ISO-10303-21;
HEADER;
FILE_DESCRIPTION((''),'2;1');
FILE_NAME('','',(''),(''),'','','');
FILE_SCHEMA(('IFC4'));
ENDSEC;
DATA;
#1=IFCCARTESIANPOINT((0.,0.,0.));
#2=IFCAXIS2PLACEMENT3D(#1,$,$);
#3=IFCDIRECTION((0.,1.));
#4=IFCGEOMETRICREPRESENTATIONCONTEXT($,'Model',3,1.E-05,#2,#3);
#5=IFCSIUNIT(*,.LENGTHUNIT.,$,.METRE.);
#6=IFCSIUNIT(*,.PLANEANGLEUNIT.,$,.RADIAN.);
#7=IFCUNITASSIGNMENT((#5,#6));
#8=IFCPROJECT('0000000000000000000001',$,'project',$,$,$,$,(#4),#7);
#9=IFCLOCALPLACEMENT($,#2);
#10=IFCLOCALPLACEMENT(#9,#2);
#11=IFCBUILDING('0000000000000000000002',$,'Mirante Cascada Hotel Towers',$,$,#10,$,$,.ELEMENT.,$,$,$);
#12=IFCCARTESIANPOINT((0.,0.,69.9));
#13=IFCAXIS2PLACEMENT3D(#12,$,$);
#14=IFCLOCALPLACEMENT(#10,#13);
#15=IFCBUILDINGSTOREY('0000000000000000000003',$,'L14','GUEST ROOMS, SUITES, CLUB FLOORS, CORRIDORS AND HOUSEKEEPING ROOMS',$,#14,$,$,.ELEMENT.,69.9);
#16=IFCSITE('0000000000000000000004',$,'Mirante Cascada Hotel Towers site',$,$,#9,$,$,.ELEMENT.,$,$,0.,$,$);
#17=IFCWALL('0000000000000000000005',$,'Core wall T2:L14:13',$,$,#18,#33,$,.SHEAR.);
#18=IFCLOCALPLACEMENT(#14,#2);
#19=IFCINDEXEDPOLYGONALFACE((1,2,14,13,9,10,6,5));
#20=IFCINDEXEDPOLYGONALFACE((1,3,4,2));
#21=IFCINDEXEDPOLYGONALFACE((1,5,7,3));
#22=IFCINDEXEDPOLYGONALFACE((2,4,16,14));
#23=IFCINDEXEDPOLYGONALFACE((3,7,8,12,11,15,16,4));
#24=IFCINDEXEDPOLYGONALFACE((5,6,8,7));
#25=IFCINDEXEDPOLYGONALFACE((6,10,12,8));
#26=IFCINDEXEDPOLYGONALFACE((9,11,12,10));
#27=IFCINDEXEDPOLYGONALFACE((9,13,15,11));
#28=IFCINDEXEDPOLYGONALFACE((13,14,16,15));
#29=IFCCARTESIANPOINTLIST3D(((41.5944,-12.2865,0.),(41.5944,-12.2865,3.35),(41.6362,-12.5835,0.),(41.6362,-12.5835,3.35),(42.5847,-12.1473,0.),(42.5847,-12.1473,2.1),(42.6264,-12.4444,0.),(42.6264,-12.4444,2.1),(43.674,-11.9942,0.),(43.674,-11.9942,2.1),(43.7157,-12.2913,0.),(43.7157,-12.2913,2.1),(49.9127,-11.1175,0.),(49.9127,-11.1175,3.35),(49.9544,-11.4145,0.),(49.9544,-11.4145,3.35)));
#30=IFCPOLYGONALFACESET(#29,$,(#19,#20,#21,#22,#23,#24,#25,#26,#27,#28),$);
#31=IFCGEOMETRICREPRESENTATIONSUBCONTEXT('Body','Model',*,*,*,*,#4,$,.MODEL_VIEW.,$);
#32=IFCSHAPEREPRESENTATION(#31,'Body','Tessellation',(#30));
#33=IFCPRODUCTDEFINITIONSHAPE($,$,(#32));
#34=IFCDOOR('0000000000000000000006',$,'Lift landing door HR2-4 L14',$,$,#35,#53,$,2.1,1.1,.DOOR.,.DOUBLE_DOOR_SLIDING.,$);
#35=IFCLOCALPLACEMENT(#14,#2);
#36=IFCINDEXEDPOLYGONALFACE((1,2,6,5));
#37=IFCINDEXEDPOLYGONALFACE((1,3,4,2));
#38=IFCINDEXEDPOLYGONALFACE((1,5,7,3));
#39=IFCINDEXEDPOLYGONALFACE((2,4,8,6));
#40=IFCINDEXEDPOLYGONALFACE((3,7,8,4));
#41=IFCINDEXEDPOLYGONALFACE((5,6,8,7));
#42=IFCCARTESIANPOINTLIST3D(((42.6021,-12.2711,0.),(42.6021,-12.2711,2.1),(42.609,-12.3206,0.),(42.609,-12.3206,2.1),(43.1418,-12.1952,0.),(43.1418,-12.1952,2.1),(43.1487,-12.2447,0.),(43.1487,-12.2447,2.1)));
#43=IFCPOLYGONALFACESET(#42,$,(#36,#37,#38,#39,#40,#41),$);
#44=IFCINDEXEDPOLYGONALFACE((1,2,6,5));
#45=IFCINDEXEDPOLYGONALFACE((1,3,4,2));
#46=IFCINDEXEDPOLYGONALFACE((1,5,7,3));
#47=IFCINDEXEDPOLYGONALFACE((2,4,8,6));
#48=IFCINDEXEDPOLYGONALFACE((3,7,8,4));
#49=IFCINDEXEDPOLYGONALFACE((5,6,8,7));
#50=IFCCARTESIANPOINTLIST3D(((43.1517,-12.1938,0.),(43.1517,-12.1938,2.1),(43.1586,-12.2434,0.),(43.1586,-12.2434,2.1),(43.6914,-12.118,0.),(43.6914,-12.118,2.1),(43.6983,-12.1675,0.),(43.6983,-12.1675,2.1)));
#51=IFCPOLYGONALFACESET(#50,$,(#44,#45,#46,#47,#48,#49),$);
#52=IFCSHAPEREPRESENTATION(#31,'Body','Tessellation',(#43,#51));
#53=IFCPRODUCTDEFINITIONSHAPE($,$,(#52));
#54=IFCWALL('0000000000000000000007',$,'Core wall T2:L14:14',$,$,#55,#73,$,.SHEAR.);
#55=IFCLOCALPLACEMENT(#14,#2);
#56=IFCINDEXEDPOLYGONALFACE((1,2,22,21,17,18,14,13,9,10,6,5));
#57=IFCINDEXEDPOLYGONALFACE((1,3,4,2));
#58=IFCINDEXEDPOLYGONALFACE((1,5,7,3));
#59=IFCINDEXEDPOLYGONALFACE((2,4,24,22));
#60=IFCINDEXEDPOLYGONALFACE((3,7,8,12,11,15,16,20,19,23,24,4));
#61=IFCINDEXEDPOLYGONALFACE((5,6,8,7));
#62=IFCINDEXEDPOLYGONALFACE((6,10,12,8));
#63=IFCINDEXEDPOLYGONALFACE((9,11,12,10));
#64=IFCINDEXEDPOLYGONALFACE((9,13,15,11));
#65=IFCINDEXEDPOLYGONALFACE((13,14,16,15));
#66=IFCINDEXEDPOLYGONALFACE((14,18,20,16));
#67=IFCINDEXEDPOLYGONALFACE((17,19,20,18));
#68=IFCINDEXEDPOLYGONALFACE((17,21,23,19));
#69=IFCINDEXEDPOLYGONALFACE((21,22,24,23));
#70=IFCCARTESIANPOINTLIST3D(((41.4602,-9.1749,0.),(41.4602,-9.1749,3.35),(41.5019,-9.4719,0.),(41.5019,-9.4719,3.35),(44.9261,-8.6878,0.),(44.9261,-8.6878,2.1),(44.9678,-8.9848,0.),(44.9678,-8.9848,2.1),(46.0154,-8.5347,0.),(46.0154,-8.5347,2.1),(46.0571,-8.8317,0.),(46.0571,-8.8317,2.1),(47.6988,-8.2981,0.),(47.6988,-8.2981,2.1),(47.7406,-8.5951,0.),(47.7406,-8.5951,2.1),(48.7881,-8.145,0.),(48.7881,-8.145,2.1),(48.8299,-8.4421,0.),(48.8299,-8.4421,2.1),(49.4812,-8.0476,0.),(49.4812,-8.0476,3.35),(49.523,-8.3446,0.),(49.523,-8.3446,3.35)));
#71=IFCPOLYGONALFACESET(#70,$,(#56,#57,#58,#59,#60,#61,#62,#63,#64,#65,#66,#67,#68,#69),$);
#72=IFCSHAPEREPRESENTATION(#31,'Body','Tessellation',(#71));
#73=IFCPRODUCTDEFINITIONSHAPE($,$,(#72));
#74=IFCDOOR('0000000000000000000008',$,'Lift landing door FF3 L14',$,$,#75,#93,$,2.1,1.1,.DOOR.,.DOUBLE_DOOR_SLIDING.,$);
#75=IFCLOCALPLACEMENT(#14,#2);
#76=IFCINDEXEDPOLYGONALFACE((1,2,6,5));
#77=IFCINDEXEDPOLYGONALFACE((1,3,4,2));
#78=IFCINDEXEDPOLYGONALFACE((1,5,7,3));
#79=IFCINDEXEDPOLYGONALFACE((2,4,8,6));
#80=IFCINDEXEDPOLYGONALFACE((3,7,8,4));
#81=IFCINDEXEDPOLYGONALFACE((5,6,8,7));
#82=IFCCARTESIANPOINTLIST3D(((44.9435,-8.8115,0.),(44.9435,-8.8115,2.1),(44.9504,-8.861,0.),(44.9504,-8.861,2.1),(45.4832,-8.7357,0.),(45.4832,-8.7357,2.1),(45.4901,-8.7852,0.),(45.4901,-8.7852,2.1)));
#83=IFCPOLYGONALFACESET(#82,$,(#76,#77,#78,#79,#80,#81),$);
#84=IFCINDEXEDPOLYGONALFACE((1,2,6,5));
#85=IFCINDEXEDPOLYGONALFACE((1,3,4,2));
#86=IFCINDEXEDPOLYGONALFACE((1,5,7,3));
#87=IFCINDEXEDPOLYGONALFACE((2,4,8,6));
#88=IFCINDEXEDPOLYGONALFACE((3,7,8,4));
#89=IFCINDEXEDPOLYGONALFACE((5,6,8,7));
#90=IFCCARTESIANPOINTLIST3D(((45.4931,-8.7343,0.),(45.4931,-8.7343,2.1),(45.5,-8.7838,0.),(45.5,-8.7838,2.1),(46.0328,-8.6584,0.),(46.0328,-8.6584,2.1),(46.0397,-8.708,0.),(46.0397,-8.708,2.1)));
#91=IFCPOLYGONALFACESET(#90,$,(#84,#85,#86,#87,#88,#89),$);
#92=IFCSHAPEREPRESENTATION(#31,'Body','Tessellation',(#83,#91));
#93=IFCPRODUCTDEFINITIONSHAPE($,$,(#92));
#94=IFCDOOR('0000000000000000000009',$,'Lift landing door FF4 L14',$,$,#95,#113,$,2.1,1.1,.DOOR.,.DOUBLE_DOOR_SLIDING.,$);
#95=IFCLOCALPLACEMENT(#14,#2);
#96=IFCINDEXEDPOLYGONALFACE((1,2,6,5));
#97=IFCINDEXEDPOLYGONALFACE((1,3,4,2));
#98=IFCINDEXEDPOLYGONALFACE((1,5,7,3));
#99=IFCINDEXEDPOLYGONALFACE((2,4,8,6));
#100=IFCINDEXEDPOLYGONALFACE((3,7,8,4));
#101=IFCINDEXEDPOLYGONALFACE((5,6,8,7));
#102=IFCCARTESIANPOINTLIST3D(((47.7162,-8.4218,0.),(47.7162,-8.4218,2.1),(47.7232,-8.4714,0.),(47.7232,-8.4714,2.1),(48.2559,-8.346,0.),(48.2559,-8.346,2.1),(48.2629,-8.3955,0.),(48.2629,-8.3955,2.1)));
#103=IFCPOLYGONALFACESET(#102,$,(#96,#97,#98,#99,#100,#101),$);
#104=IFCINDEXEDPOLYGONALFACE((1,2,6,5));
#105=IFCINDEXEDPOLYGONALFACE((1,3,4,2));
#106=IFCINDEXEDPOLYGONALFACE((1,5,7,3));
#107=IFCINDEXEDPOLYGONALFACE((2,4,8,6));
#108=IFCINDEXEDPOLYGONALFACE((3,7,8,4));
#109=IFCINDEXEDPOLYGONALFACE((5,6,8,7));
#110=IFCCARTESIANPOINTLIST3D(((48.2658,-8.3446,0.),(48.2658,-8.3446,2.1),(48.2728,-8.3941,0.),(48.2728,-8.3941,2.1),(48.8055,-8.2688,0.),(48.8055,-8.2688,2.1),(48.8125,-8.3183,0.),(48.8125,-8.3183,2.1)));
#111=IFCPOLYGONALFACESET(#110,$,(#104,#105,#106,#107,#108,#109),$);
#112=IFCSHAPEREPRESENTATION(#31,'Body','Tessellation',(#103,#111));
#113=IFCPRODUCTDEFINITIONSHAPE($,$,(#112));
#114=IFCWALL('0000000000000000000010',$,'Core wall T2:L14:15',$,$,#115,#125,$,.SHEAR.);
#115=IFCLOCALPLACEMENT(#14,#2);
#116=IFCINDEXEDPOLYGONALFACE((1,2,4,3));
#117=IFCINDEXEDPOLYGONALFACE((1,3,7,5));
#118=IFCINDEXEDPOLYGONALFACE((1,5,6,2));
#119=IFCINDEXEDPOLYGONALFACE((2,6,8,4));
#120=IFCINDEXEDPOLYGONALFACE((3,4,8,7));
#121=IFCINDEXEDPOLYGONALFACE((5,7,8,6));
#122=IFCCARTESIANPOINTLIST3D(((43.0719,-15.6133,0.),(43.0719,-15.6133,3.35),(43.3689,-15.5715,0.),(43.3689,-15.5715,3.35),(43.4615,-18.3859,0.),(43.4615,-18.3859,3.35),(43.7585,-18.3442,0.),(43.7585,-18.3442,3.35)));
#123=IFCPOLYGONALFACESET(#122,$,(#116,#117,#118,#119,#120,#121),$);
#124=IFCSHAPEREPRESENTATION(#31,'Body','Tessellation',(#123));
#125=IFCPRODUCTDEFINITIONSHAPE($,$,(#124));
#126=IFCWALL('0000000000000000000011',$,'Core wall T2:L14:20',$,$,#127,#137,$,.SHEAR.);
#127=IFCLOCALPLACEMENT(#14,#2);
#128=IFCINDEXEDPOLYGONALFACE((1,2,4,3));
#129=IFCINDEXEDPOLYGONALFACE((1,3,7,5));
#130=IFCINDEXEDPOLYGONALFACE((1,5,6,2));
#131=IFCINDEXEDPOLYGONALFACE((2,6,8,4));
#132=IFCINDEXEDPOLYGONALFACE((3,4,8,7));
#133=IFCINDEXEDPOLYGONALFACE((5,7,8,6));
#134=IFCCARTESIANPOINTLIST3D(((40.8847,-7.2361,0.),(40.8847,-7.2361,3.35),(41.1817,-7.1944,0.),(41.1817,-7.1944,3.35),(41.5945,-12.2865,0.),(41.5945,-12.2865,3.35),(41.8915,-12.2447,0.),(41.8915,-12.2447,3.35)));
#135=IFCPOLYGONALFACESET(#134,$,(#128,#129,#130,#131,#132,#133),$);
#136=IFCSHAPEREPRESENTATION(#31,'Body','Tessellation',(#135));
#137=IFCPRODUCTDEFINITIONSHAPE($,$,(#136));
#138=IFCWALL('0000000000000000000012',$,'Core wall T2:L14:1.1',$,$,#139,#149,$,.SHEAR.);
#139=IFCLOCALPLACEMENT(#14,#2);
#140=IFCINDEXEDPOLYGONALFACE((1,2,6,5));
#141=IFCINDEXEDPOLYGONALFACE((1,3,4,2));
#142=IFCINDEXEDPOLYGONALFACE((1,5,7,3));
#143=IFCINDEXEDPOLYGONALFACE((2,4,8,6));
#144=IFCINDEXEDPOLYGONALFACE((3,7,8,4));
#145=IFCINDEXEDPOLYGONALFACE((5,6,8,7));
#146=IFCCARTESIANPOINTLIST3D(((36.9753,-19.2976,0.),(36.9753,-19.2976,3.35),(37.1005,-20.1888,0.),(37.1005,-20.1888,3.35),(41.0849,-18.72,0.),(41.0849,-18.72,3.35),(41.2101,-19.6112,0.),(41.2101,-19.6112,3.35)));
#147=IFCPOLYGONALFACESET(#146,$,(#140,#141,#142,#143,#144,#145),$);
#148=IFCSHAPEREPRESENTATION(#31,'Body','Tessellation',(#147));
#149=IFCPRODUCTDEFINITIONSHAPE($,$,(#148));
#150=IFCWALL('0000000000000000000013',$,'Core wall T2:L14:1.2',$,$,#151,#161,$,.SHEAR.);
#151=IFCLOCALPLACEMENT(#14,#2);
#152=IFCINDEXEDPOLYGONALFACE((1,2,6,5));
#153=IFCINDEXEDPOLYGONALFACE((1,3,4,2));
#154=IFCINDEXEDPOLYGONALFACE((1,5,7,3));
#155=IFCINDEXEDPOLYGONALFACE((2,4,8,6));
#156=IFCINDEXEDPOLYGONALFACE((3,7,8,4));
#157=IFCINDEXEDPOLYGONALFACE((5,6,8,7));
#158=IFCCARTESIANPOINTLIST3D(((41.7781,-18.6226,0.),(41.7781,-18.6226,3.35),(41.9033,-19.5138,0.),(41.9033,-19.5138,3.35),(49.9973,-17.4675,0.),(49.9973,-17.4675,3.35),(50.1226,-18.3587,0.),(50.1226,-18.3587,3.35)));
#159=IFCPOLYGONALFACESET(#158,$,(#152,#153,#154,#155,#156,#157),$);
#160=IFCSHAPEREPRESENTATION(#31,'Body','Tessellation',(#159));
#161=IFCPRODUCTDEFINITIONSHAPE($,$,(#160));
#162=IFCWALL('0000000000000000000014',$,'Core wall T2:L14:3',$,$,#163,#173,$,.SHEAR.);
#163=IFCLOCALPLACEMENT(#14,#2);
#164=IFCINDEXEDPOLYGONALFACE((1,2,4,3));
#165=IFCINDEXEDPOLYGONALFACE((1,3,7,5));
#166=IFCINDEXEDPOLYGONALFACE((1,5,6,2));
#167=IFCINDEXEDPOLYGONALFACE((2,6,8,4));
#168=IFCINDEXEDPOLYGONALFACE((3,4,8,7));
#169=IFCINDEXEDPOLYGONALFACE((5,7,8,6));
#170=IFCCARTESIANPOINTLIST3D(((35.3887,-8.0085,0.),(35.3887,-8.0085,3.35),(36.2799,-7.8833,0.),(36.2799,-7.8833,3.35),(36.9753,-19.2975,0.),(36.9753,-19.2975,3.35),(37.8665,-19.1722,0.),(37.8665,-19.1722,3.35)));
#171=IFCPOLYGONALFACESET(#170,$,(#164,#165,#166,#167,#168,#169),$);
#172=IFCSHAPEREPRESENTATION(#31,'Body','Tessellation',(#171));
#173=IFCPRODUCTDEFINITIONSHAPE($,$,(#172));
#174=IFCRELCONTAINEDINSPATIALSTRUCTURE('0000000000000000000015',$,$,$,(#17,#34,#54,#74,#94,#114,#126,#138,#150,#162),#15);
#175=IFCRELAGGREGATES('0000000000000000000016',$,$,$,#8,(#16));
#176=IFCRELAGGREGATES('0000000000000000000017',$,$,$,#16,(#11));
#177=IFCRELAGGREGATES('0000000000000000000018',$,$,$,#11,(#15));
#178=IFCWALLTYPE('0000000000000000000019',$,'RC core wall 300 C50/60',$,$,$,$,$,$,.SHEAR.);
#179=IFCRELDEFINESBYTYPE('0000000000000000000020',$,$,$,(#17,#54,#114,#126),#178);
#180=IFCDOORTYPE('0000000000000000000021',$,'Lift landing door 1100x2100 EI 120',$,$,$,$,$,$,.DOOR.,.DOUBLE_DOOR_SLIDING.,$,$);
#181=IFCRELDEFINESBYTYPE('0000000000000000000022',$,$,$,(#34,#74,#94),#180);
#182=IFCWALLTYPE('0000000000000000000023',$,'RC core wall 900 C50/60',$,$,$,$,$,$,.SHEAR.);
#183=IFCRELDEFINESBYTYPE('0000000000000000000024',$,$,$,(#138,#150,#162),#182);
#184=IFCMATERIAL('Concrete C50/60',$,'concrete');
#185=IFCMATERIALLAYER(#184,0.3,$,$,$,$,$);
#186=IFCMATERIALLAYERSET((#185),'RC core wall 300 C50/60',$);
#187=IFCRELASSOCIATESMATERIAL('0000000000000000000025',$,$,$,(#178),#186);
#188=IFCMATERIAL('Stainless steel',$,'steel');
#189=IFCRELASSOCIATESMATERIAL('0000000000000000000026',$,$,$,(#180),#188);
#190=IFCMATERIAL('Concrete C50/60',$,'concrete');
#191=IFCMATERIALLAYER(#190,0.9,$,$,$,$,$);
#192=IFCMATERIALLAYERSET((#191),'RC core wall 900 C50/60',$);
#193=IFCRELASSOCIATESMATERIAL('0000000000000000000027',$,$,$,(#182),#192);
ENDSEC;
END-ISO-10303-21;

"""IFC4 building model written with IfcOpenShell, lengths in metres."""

from ifc_helpers import new_model, si_unit, direction, frame, frame_2d, origin, place, context, subcontext, project, spatial, rectangle, extrude, material, layer, layer_set, type_object, element, fill, save


model = new_model("IFC4")

# Units and contexts
model_context = context("Model", 3, precision=1e-05, world=origin(), true_north=direction((0.0, 1.0)))
body_context = subcontext(model_context, "Body", "Model", "MODEL_VIEW")
ifc_project = project(units=[si_unit("LENGTHUNIT", "METRE"), si_unit("PLANEANGLEUNIT", "RADIAN")], contexts=[model_context])

# Site, building, storey
site_placement = place(None, origin())
site = spatial("IfcSite", under=ifc_project, at=site_placement, Name="Mirante Cascada Hotel Towers site", CompositionType="ELEMENT", RefElevation=0.0)
building_placement = place(site_placement, origin())
building = spatial("IfcBuilding", under=site, at=building_placement, Name="Mirante Cascada Hotel Towers", CompositionType="ELEMENT")
storey_placement = place(building_placement, frame((0.0, 0.0, 69.9)))
storey = spatial("IfcBuildingStorey", under=building, at=storey_placement, Name="L14", Description="GUEST ROOMS, SUITES, CLUB FLOORS, CORRIDORS AND HOUSEKEEPING ROOMS", CompositionType="ELEMENT", Elevation=69.9)

# Shared definitions
ifc_material_1 = material(Name="Concrete C50/60", Category="concrete")
ifc_layer_1 = layer(ifc_material_1, 0.3)
ifc_layer_set_1 = layer_set([ifc_layer_1], Name="RC core wall 300 C50/60")
wall_type_1 = type_object("IfcWallType", Name="RC core wall 300 C50/60", PredefinedType="SHEAR", material=ifc_layer_set_1)

# Shared definitions
ifc_material_2 = material(Name="Stainless steel", Category="steel")
door_type_1 = type_object("IfcDoorType", Name="Lift landing door 1100x2100 EI 120", OperationType="DOUBLE_DOOR_SLIDING", PredefinedType="DOOR", material=ifc_material_2)

# Wall, opening, door
wall_1_placement = place(storey_placement, frame((41.6153, -12.435, 0.0), z_axis=(0.0, 0.0, 1.0), x_axis=(0.990269, 0.139166, 0.0)))
wall_1 = element("IfcWall", 1, at=wall_1_placement, inside=storey, type_object=wall_type_1, Name="Core wall T2:L14:13", PredefinedType="SHEAR", context=body_context, shape_type="SweptSolid", body=[
    extrude(rectangle(XDim=8.4, YDim=0.3, at=frame_2d((4.2, 0.0))), origin(), (0.0, 0.0, 1.0), 3.35),
])
opening_1_placement = place(wall_1_placement, frame((1.0, 0.0, 0.0)))
opening_1 = element("IfcOpeningElement", 2, at=opening_1_placement, cuts=wall_1, PredefinedType="OPENING", context=body_context, shape_type="SweptSolid", body=[
    extrude(rectangle(XDim=1.1, YDim=2.1, at=frame_2d((0.55, 1.05))), frame((0.0, 0.15, 0.0), z_axis=(0.0, -1.0, 0.0), x_axis=(1.0, 0.0, 0.0)), (0.0, 0.0, 1.0), 0.3),
])
door_1_placement = place(opening_1_placement, origin())
door_1 = element("IfcDoor", 3, at=door_1_placement, inside=storey, type_object=door_type_1, Name="Lift landing door HR2-4 L14", OperationType="DOUBLE_DOOR_SLIDING", OverallHeight=2.1, OverallWidth=1.1, PredefinedType="DOOR", context=body_context, shape_type="SweptSolid", body=[
    extrude(rectangle(XDim=0.545, YDim=2.1, at=frame_2d((0.2725, 1.05))), frame((0.0, 0.025, 0.0), z_axis=(0.0, -1.0, 0.0), x_axis=(1.0, 0.0, 0.0)), (0.0, 0.0, 1.0), 0.05),
    extrude(rectangle(XDim=0.545, YDim=2.1, at=frame_2d((0.8275, 1.05))), frame((0.0, 0.025, 0.0), z_axis=(0.0, -1.0, 0.0), x_axis=(1.0, 0.0, 0.0)), (0.0, 0.0, 1.0), 0.05),
])
fill(opening_1, door_1)

# Wall, openings, doors
wall_2_placement = place(storey_placement, frame((41.481, -9.3234, 0.0), z_axis=(0.0, 0.0, 1.0), x_axis=(0.990268, 0.139174, 0.0)))
wall_2 = element("IfcWall", 4, at=wall_2_placement, inside=storey, type_object=wall_type_1, Name="Core wall T2:L14:14", PredefinedType="SHEAR", context=body_context, shape_type="SweptSolid", body=[
    extrude(rectangle(XDim=8.0999, YDim=0.3, at=frame_2d((4.05, 0.0))), origin(), (0.0, 0.0, 1.0), 3.35),
])
opening_2_placement = place(wall_2_placement, frame((3.5, 0.0, 0.0)))
opening_2 = element("IfcOpeningElement", 5, at=opening_2_placement, cuts=wall_2, PredefinedType="OPENING", context=body_context, shape_type="SweptSolid", body=[
    extrude(rectangle(XDim=1.1, YDim=2.1, at=frame_2d((0.55, 1.05))), frame((0.0, 0.15, 0.0), z_axis=(0.0, -1.0, 0.0), x_axis=(1.0, 0.0, 0.0)), (0.0, 0.0, 1.0), 0.3),
])
opening_3_placement = place(wall_2_placement, frame((6.3, 0.0, 0.0)))
opening_3 = element("IfcOpeningElement", 6, at=opening_3_placement, cuts=wall_2, PredefinedType="OPENING", context=body_context, shape_type="SweptSolid", body=[
    extrude(rectangle(XDim=1.1, YDim=2.1, at=frame_2d((0.55, 1.05))), frame((0.0, 0.15, 0.0), z_axis=(0.0, -1.0, 0.0), x_axis=(1.0, 0.0, 0.0)), (0.0, 0.0, 1.0), 0.3),
])
door_2_placement = place(opening_2_placement, origin())
door_2 = element("IfcDoor", 7, at=door_2_placement, inside=storey, type_object=door_type_1, Name="Lift landing door FF3 L14", OperationType="DOUBLE_DOOR_SLIDING", OverallHeight=2.1, OverallWidth=1.1, PredefinedType="DOOR", context=body_context, shape_type="SweptSolid", body=[
    extrude(rectangle(XDim=0.545, YDim=2.1, at=frame_2d((0.2725, 1.05))), frame((0.0, 0.025, 0.0), z_axis=(0.0, -1.0, 0.0), x_axis=(1.0, 0.0, 0.0)), (0.0, 0.0, 1.0), 0.05),
    extrude(rectangle(XDim=0.545, YDim=2.1, at=frame_2d((0.8275, 1.05))), frame((0.0, 0.025, 0.0), z_axis=(0.0, -1.0, 0.0), x_axis=(1.0, 0.0, 0.0)), (0.0, 0.0, 1.0), 0.05),
])
fill(opening_2, door_2)
door_3_placement = place(opening_3_placement, origin())
door_3 = element("IfcDoor", 8, at=door_3_placement, inside=storey, type_object=door_type_1, Name="Lift landing door FF4 L14", OperationType="DOUBLE_DOOR_SLIDING", OverallHeight=2.1, OverallWidth=1.1, PredefinedType="DOOR", context=body_context, shape_type="SweptSolid", body=[
    extrude(rectangle(XDim=0.545, YDim=2.1, at=frame_2d((0.2725, 1.05))), frame((0.0, 0.025, 0.0), z_axis=(0.0, -1.0, 0.0), x_axis=(1.0, 0.0, 0.0)), (0.0, 0.0, 1.0), 0.05),
    extrude(rectangle(XDim=0.545, YDim=2.1, at=frame_2d((0.8275, 1.05))), frame((0.0, 0.025, 0.0), z_axis=(0.0, -1.0, 0.0), x_axis=(1.0, 0.0, 0.0)), (0.0, 0.0, 1.0), 0.05),
])
fill(opening_3, door_3)

# Walls
wall_3_placement = place(storey_placement, frame((43.61, -18.3651, 0.0), z_axis=(0.0, 0.0, 1.0), x_axis=(-0.139146, 0.990272, 0.0)))
element("IfcWall", 9, at=wall_3_placement, inside=storey, type_object=wall_type_1, Name="Core wall T2:L14:15", PredefinedType="SHEAR", context=body_context, shape_type="SweptSolid", body=[
    extrude(rectangle(XDim=2.7999, YDim=0.3, at=frame_2d((1.4, 0.0))), origin(), (0.0, 0.0, 1.0), 3.35),
])
wall_4_placement = place(storey_placement, frame((41.743, -12.2656, 0.0), z_axis=(0.0, 0.0, 1.0), x_axis=(-0.139176, 0.990268, 0.0)))
element("IfcWall", 10, at=wall_4_placement, inside=storey, type_object=wall_type_1, Name="Core wall T2:L14:20", PredefinedType="SHEAR", context=body_context, shape_type="SweptSolid", body=[
    extrude(rectangle(XDim=5.1, YDim=0.3, at=frame_2d((2.55, 0.0))), origin(), (0.0, 0.0, 1.0), 3.35),
])
ifc_material_3 = material(Name="Concrete C50/60", Category="concrete")
ifc_layer_2 = layer(ifc_material_3, 0.9)
ifc_layer_set_2 = layer_set([ifc_layer_2], Name="RC core wall 900 C50/60")
wall_type_2 = type_object("IfcWallType", Name="RC core wall 900 C50/60", PredefinedType="SHEAR", material=ifc_layer_set_2)
wall_5_placement = place(storey_placement, frame((37.0379, -19.7432, 0.0), z_axis=(0.0, 0.0, 1.0), x_axis=(0.990267, 0.139181, 0.0)))
element("IfcWall", 11, at=wall_5_placement, inside=storey, type_object=wall_type_2, Name="Core wall T2:L14:1.1", PredefinedType="SHEAR", context=body_context, shape_type="SweptSolid", body=[
    extrude(rectangle(XDim=4.15, YDim=0.9, at=frame_2d((2.075, 0.0))), origin(), (0.0, 0.0, 1.0), 3.35),
])
wall_6_placement = place(storey_placement, frame((41.8407, -19.0682, 0.0), z_axis=(0.0, 0.0, 1.0), x_axis=(0.990269, 0.139169, 0.0)))
element("IfcWall", 12, at=wall_6_placement, inside=storey, type_object=wall_type_2, Name="Core wall T2:L14:1.2", PredefinedType="SHEAR", context=body_context, shape_type="SweptSolid", body=[
    extrude(rectangle(XDim=8.3, YDim=0.9, at=frame_2d((4.15, 0.0))), origin(), (0.0, 0.0, 1.0), 3.35),
])
wall_7_placement = place(storey_placement, frame((37.4209, -19.2349, 0.0), z_axis=(0.0, 0.0, 1.0), x_axis=(-0.139176, 0.990268, 0.0)))
element("IfcWall", 13, at=wall_7_placement, inside=storey, type_object=wall_type_2, Name="Core wall T2:L14:3", PredefinedType="SHEAR", context=body_context, shape_type="SweptSolid", body=[
    extrude(rectangle(XDim=11.3999, YDim=0.9, at=frame_2d((5.7, 0.0))), origin(), (0.0, 0.0, 1.0), 3.35),
])

save(model, "model.ifc")
